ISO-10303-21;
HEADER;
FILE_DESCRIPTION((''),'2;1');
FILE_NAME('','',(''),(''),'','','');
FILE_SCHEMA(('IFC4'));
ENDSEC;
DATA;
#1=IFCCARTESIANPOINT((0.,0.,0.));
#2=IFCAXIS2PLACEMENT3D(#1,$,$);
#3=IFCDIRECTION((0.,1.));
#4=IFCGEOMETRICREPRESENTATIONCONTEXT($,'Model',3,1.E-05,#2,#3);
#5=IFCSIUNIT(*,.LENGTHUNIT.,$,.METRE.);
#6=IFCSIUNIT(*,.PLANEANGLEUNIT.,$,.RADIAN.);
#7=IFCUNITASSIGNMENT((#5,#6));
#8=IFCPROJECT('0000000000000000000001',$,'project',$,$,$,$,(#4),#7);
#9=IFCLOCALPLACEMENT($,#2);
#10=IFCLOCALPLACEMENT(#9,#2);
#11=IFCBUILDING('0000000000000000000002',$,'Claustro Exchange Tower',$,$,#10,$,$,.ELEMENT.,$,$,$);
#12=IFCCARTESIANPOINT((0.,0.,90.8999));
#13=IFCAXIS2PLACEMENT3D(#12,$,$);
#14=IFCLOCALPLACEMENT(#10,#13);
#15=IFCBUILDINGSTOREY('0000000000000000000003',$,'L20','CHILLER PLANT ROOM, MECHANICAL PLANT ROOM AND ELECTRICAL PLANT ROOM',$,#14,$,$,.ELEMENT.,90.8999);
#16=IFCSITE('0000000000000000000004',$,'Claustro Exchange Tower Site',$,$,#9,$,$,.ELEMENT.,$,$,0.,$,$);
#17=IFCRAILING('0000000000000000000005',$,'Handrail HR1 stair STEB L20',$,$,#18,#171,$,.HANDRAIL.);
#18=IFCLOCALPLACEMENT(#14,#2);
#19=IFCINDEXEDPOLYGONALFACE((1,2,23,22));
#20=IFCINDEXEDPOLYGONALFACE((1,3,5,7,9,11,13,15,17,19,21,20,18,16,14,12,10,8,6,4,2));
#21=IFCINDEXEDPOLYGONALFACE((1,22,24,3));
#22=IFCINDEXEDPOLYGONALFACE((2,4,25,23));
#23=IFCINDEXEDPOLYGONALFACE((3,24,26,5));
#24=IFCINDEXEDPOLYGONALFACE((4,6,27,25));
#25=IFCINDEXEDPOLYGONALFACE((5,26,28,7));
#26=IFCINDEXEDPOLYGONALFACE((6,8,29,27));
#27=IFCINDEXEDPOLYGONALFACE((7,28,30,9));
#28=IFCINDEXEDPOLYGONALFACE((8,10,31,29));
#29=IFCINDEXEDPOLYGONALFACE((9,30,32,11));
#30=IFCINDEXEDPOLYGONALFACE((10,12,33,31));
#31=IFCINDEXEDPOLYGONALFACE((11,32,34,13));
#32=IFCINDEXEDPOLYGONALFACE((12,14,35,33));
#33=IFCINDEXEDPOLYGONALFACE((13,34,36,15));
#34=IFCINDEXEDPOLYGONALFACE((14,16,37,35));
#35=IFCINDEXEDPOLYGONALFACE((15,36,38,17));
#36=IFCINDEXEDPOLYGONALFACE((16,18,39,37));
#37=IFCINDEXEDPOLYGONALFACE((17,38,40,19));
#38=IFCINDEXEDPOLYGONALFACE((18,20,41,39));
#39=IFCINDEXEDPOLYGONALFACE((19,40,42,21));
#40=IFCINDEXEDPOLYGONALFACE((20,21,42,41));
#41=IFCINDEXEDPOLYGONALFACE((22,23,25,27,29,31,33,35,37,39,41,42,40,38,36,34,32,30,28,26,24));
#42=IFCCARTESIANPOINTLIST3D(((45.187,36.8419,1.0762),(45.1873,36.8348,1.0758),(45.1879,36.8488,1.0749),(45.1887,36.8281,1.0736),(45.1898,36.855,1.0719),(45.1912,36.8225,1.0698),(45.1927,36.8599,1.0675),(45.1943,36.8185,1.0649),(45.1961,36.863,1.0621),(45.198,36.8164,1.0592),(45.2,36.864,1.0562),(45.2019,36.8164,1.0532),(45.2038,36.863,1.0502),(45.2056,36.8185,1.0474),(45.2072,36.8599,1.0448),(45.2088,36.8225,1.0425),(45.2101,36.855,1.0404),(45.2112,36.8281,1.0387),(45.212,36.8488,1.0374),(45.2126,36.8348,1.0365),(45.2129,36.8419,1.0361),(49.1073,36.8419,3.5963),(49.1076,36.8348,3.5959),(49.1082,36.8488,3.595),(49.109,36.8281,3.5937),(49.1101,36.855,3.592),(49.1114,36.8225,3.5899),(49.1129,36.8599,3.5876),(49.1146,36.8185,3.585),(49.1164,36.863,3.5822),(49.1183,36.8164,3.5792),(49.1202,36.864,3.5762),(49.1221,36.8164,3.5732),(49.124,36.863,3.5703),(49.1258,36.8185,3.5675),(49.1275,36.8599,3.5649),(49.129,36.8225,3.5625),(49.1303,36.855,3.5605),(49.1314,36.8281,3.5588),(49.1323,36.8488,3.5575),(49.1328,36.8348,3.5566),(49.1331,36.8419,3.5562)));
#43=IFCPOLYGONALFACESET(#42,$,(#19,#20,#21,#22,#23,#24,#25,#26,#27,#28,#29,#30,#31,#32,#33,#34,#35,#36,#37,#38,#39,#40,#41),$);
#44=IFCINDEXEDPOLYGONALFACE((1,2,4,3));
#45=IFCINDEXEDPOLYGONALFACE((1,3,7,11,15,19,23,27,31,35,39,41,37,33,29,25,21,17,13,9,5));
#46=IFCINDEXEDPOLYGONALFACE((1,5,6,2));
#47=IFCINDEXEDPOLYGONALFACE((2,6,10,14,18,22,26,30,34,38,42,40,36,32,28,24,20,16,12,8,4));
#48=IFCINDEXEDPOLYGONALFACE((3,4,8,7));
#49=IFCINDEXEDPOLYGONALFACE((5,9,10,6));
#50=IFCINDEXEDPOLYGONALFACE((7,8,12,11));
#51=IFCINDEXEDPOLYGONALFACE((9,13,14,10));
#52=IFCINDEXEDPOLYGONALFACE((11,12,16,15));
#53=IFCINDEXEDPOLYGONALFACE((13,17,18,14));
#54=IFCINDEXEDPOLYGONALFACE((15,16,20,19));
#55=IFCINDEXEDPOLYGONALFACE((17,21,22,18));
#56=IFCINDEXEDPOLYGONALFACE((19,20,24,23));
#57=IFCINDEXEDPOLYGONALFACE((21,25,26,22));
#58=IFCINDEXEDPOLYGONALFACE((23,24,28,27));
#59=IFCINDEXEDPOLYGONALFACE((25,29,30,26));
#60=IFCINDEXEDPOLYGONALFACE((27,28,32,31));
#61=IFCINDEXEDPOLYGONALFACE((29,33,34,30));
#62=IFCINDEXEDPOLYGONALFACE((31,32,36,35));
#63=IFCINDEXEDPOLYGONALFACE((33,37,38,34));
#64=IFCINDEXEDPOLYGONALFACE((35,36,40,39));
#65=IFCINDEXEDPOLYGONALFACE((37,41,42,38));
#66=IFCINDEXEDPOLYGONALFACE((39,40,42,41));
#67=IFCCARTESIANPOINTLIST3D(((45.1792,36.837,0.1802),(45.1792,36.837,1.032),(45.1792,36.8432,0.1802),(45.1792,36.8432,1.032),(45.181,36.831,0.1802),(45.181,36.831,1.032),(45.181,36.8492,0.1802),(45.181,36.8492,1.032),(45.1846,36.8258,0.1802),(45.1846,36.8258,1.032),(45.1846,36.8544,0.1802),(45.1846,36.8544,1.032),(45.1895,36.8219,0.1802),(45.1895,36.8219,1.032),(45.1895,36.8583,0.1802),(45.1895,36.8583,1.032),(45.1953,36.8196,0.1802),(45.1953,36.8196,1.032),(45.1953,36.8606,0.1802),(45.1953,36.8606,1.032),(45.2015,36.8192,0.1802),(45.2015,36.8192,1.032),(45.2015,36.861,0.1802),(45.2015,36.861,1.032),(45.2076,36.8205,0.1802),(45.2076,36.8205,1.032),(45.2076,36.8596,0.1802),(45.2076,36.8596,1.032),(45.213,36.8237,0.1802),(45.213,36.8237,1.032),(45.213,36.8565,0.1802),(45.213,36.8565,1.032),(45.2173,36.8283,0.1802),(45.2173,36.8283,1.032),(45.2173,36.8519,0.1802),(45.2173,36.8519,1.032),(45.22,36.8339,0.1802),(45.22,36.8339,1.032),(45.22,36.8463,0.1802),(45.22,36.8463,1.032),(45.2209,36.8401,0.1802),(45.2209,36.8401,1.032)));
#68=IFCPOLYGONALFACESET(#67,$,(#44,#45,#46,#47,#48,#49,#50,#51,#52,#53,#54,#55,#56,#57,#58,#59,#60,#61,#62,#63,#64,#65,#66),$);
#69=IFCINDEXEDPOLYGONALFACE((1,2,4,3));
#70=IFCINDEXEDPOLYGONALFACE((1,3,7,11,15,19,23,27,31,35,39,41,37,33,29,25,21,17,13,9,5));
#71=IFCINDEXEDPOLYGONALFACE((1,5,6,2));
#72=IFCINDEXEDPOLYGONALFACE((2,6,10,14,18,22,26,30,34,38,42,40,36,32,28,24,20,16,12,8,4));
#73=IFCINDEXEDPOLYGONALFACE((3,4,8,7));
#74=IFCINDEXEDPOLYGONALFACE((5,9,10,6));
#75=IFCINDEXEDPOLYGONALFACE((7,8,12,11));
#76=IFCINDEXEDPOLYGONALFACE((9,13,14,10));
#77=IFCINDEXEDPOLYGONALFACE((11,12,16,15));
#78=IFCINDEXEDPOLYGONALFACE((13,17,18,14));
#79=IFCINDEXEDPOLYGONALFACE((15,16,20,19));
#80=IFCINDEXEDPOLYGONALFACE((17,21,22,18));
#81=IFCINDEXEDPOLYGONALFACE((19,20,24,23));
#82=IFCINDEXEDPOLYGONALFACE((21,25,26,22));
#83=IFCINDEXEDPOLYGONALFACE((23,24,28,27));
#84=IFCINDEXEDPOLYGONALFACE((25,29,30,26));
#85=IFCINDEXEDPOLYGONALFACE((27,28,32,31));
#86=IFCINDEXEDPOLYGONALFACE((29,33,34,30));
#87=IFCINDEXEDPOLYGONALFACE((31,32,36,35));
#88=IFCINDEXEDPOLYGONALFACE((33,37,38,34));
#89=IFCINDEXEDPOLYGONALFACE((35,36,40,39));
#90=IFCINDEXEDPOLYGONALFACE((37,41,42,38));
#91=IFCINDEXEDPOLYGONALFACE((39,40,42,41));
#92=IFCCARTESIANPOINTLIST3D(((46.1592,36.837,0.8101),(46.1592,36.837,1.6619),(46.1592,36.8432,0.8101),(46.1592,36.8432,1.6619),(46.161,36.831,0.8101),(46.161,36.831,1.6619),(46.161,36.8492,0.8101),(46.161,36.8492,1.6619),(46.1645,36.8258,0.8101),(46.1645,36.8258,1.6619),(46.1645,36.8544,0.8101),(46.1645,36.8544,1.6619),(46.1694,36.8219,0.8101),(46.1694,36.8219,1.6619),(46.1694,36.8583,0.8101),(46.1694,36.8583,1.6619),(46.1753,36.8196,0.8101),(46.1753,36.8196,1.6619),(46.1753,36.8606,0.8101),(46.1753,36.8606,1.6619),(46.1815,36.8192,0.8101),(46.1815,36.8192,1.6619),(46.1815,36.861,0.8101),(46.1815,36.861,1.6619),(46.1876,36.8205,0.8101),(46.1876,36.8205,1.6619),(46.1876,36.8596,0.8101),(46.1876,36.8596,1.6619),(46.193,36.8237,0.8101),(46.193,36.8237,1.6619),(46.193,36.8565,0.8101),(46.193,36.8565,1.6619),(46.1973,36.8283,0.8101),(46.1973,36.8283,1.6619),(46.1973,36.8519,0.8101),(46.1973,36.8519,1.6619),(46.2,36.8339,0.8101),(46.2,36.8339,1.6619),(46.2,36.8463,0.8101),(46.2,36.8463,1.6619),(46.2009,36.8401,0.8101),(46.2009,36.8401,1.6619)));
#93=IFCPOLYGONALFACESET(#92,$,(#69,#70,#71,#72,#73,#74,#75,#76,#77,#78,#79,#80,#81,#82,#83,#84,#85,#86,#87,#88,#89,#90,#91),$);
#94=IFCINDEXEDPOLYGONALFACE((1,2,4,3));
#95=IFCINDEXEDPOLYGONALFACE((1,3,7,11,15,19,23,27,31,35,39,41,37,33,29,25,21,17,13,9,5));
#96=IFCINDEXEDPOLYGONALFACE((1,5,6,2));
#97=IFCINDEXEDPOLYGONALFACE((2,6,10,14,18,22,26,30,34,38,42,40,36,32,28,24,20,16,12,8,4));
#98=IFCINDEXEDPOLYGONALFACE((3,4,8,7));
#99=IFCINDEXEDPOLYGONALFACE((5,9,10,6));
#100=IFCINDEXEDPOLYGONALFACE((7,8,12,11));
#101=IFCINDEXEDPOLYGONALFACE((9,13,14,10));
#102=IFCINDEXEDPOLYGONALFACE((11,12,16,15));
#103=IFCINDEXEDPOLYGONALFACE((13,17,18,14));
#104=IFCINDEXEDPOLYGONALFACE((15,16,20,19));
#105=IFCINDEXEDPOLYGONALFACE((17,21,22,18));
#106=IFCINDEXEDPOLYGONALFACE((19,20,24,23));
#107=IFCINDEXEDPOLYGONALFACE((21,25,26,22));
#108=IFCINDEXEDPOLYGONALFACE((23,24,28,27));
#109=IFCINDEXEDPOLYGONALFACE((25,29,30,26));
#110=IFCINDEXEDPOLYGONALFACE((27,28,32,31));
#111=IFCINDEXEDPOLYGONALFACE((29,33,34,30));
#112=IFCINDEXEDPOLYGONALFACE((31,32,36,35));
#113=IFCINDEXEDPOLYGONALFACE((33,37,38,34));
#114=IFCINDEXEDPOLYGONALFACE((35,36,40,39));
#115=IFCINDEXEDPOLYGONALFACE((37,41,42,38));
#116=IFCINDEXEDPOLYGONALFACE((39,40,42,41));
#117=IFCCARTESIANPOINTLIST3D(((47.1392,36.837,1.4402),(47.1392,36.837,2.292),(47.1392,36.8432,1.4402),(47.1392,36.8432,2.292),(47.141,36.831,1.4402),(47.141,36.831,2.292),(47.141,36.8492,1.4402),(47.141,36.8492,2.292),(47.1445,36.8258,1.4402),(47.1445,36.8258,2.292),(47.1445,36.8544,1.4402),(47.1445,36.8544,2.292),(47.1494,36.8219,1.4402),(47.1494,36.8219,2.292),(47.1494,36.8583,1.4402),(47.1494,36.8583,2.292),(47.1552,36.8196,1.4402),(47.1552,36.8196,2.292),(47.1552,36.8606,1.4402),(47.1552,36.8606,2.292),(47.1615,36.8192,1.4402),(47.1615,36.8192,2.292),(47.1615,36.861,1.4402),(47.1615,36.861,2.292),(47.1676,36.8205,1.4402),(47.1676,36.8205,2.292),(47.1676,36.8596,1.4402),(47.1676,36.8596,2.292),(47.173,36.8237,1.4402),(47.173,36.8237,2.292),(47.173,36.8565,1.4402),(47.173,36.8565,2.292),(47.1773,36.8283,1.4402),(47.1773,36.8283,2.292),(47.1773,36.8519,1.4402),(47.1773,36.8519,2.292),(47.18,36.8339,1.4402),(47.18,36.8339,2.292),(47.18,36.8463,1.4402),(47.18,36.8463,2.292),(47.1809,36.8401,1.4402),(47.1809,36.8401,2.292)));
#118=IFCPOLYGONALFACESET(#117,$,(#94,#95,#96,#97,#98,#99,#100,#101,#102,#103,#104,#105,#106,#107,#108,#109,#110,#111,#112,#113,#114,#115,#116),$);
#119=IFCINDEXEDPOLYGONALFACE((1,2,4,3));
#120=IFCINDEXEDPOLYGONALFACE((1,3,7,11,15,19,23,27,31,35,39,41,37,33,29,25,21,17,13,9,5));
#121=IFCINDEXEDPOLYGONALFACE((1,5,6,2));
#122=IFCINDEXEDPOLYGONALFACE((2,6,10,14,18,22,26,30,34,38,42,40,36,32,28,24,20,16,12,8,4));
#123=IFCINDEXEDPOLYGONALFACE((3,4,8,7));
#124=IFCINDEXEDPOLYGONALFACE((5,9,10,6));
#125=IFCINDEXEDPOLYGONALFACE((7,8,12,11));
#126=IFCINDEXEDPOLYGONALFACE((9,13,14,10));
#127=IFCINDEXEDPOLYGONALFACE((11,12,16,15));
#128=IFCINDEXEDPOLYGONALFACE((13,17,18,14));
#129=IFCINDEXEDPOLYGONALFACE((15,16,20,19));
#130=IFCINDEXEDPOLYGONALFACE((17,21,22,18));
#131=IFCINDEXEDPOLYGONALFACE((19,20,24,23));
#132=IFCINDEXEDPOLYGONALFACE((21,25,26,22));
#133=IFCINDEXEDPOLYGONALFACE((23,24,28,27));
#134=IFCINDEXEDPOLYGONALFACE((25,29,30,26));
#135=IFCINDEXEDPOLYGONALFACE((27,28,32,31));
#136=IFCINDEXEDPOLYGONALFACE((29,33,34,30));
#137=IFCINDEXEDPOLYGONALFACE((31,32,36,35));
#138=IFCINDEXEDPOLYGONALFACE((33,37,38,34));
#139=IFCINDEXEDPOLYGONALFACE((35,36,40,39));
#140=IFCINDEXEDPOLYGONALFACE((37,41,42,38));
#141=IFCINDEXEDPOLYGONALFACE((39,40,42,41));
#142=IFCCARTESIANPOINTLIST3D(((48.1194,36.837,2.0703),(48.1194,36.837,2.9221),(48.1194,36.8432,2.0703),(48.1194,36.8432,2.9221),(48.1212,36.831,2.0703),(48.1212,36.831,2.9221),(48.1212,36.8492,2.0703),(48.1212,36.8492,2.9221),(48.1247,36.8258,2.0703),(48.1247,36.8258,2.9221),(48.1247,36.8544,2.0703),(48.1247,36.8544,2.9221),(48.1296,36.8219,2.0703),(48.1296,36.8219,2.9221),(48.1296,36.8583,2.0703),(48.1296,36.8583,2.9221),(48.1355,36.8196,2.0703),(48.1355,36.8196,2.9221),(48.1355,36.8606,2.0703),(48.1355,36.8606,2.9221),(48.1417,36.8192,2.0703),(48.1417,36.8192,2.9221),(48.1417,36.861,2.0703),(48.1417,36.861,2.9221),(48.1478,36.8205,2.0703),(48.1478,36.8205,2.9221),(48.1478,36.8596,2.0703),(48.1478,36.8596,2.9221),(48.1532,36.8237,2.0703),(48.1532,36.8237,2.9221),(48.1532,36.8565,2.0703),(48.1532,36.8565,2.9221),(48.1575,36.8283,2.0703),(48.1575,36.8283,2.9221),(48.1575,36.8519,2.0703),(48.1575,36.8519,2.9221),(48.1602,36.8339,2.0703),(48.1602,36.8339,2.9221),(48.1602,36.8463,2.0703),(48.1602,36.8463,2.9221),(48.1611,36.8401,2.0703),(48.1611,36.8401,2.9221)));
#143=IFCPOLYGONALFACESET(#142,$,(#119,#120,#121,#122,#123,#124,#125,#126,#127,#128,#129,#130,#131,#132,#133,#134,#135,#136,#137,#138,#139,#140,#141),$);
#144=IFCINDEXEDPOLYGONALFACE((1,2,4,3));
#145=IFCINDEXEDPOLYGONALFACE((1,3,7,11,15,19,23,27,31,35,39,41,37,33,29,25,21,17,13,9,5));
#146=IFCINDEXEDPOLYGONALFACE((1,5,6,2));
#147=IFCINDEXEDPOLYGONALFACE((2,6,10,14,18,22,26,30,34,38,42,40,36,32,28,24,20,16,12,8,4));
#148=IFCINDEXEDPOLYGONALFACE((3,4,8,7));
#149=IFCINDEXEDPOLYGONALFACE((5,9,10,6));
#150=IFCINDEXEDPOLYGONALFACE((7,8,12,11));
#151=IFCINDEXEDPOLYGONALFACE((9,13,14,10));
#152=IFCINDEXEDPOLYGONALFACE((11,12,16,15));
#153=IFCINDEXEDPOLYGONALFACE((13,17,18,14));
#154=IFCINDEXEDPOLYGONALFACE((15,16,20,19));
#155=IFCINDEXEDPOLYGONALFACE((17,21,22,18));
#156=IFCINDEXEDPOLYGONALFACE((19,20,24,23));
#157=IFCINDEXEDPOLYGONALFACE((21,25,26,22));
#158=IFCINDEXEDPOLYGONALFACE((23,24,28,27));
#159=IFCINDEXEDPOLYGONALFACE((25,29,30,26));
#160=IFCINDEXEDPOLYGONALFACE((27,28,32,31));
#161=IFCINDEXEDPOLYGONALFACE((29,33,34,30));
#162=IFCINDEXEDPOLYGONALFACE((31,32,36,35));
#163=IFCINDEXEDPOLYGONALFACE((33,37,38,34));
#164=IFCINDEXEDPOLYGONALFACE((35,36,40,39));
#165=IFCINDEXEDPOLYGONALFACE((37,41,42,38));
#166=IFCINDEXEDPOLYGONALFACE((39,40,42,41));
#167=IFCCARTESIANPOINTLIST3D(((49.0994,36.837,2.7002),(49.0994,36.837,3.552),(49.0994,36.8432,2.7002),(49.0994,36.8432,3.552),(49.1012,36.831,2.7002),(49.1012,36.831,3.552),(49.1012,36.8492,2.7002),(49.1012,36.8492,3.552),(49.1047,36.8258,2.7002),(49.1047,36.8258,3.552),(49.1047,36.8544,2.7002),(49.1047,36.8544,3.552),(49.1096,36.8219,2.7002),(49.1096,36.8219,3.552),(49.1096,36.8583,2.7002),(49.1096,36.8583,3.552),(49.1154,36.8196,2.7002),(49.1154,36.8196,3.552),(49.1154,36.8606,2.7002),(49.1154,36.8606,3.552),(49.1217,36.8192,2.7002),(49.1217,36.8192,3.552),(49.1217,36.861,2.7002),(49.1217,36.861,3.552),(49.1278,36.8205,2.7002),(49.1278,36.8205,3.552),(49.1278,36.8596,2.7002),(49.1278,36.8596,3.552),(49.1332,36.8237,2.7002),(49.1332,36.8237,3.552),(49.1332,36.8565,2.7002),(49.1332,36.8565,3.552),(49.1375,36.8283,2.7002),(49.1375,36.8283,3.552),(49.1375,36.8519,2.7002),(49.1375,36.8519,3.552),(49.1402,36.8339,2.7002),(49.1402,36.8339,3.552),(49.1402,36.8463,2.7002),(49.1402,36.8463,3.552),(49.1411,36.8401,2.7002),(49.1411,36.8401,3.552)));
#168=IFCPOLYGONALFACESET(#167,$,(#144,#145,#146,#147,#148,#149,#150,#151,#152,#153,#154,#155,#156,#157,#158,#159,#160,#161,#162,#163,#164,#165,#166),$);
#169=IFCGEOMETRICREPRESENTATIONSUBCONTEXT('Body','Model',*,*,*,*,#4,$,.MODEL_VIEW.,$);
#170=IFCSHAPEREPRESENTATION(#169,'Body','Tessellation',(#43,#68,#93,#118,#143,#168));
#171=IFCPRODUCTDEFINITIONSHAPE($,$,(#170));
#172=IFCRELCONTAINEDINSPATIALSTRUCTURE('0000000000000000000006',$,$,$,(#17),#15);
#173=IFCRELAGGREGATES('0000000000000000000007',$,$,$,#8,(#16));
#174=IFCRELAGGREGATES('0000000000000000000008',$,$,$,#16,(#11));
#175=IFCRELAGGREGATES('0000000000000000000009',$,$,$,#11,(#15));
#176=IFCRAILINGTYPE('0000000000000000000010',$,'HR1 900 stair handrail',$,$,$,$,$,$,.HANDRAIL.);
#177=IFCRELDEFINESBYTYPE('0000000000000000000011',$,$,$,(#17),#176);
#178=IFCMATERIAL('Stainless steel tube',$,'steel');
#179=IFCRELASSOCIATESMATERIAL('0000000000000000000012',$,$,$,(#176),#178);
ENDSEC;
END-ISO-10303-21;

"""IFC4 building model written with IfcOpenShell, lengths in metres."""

from ifc_helpers import new_model, si_unit, direction, frame, origin, origin_2d, place, context, subcontext, project, spatial, circle, extrude, material, type_object, element, save


model = new_model("IFC4")

# Units and contexts
model_context = context("Model", 3, precision=1e-05, world=origin(), true_north=direction((0.0, 1.0)))
body_context = subcontext(model_context, "Body", "Model", "MODEL_VIEW")
ifc_project = project(units=[si_unit("LENGTHUNIT", "METRE"), si_unit("PLANEANGLEUNIT", "RADIAN")], contexts=[model_context])

# Site, building, storey
site_placement = place(None, origin())
site = spatial("IfcSite", under=ifc_project, at=site_placement, Name="Claustro Exchange Tower Site", CompositionType="ELEMENT", RefElevation=0.0)
building_placement = place(site_placement, origin())
building = spatial("IfcBuilding", under=site, at=building_placement, Name="Claustro Exchange Tower", CompositionType="ELEMENT")
storey_placement = place(building_placement, frame((0.0, 0.0, 90.8999)))
storey = spatial("IfcBuildingStorey", under=building, at=storey_placement, Name="L20", Description="CHILLER PLANT ROOM, MECHANICAL PLANT ROOM AND ELECTRICAL PLANT ROOM", CompositionType="ELEMENT", Elevation=90.8999)

# Railing
ifc_material_1 = material(Name="Stainless steel tube", Category="steel")
railing_type_1 = type_object("IfcRailingType", Name="HR1 900 stair handrail", PredefinedType="HANDRAIL", material=ifc_material_1)
railing_1_placement = place(storey_placement, frame((45.2, 36.8401, 0.1802)))
element("IfcRailing", 1, at=railing_1_placement, inside=storey, type_object=railing_type_1, Name="Handrail HR1 stair STEB L20", PredefinedType="HANDRAIL", context=body_context, shape_type="SweptSolid", body=[
    extrude(circle(Radius=0.0239, at=origin_2d()), frame((0.0, 0.0, 0.876), z_axis=(0.841187, 0.0, 0.540744), x_axis=(0.0, 1.0, 0.0)), (0.0, 0.0, 1.0), 4.6604),
    extrude(circle(Radius=0.021, at=origin_2d()), origin(), (0.0, 0.0, 1.0), 0.8518),
    extrude(circle(Radius=0.021, at=origin_2d()), frame((0.98, 0.0, 0.6299)), (0.0, 0.0, 1.0), 0.8518),
    extrude(circle(Radius=0.021, at=origin_2d()), frame((1.96, 0.0, 1.26)), (0.0, 0.0, 1.0), 0.8518),
    extrude(circle(Radius=0.021, at=origin_2d()), frame((2.9402, 0.0, 1.8901)), (0.0, 0.0, 1.0), 0.8518),
    extrude(circle(Radius=0.021, at=origin_2d()), frame((3.9202, 0.0, 2.52)), (0.0, 0.0, 1.0), 0.8518),
])

save(model, "model.ifc")
